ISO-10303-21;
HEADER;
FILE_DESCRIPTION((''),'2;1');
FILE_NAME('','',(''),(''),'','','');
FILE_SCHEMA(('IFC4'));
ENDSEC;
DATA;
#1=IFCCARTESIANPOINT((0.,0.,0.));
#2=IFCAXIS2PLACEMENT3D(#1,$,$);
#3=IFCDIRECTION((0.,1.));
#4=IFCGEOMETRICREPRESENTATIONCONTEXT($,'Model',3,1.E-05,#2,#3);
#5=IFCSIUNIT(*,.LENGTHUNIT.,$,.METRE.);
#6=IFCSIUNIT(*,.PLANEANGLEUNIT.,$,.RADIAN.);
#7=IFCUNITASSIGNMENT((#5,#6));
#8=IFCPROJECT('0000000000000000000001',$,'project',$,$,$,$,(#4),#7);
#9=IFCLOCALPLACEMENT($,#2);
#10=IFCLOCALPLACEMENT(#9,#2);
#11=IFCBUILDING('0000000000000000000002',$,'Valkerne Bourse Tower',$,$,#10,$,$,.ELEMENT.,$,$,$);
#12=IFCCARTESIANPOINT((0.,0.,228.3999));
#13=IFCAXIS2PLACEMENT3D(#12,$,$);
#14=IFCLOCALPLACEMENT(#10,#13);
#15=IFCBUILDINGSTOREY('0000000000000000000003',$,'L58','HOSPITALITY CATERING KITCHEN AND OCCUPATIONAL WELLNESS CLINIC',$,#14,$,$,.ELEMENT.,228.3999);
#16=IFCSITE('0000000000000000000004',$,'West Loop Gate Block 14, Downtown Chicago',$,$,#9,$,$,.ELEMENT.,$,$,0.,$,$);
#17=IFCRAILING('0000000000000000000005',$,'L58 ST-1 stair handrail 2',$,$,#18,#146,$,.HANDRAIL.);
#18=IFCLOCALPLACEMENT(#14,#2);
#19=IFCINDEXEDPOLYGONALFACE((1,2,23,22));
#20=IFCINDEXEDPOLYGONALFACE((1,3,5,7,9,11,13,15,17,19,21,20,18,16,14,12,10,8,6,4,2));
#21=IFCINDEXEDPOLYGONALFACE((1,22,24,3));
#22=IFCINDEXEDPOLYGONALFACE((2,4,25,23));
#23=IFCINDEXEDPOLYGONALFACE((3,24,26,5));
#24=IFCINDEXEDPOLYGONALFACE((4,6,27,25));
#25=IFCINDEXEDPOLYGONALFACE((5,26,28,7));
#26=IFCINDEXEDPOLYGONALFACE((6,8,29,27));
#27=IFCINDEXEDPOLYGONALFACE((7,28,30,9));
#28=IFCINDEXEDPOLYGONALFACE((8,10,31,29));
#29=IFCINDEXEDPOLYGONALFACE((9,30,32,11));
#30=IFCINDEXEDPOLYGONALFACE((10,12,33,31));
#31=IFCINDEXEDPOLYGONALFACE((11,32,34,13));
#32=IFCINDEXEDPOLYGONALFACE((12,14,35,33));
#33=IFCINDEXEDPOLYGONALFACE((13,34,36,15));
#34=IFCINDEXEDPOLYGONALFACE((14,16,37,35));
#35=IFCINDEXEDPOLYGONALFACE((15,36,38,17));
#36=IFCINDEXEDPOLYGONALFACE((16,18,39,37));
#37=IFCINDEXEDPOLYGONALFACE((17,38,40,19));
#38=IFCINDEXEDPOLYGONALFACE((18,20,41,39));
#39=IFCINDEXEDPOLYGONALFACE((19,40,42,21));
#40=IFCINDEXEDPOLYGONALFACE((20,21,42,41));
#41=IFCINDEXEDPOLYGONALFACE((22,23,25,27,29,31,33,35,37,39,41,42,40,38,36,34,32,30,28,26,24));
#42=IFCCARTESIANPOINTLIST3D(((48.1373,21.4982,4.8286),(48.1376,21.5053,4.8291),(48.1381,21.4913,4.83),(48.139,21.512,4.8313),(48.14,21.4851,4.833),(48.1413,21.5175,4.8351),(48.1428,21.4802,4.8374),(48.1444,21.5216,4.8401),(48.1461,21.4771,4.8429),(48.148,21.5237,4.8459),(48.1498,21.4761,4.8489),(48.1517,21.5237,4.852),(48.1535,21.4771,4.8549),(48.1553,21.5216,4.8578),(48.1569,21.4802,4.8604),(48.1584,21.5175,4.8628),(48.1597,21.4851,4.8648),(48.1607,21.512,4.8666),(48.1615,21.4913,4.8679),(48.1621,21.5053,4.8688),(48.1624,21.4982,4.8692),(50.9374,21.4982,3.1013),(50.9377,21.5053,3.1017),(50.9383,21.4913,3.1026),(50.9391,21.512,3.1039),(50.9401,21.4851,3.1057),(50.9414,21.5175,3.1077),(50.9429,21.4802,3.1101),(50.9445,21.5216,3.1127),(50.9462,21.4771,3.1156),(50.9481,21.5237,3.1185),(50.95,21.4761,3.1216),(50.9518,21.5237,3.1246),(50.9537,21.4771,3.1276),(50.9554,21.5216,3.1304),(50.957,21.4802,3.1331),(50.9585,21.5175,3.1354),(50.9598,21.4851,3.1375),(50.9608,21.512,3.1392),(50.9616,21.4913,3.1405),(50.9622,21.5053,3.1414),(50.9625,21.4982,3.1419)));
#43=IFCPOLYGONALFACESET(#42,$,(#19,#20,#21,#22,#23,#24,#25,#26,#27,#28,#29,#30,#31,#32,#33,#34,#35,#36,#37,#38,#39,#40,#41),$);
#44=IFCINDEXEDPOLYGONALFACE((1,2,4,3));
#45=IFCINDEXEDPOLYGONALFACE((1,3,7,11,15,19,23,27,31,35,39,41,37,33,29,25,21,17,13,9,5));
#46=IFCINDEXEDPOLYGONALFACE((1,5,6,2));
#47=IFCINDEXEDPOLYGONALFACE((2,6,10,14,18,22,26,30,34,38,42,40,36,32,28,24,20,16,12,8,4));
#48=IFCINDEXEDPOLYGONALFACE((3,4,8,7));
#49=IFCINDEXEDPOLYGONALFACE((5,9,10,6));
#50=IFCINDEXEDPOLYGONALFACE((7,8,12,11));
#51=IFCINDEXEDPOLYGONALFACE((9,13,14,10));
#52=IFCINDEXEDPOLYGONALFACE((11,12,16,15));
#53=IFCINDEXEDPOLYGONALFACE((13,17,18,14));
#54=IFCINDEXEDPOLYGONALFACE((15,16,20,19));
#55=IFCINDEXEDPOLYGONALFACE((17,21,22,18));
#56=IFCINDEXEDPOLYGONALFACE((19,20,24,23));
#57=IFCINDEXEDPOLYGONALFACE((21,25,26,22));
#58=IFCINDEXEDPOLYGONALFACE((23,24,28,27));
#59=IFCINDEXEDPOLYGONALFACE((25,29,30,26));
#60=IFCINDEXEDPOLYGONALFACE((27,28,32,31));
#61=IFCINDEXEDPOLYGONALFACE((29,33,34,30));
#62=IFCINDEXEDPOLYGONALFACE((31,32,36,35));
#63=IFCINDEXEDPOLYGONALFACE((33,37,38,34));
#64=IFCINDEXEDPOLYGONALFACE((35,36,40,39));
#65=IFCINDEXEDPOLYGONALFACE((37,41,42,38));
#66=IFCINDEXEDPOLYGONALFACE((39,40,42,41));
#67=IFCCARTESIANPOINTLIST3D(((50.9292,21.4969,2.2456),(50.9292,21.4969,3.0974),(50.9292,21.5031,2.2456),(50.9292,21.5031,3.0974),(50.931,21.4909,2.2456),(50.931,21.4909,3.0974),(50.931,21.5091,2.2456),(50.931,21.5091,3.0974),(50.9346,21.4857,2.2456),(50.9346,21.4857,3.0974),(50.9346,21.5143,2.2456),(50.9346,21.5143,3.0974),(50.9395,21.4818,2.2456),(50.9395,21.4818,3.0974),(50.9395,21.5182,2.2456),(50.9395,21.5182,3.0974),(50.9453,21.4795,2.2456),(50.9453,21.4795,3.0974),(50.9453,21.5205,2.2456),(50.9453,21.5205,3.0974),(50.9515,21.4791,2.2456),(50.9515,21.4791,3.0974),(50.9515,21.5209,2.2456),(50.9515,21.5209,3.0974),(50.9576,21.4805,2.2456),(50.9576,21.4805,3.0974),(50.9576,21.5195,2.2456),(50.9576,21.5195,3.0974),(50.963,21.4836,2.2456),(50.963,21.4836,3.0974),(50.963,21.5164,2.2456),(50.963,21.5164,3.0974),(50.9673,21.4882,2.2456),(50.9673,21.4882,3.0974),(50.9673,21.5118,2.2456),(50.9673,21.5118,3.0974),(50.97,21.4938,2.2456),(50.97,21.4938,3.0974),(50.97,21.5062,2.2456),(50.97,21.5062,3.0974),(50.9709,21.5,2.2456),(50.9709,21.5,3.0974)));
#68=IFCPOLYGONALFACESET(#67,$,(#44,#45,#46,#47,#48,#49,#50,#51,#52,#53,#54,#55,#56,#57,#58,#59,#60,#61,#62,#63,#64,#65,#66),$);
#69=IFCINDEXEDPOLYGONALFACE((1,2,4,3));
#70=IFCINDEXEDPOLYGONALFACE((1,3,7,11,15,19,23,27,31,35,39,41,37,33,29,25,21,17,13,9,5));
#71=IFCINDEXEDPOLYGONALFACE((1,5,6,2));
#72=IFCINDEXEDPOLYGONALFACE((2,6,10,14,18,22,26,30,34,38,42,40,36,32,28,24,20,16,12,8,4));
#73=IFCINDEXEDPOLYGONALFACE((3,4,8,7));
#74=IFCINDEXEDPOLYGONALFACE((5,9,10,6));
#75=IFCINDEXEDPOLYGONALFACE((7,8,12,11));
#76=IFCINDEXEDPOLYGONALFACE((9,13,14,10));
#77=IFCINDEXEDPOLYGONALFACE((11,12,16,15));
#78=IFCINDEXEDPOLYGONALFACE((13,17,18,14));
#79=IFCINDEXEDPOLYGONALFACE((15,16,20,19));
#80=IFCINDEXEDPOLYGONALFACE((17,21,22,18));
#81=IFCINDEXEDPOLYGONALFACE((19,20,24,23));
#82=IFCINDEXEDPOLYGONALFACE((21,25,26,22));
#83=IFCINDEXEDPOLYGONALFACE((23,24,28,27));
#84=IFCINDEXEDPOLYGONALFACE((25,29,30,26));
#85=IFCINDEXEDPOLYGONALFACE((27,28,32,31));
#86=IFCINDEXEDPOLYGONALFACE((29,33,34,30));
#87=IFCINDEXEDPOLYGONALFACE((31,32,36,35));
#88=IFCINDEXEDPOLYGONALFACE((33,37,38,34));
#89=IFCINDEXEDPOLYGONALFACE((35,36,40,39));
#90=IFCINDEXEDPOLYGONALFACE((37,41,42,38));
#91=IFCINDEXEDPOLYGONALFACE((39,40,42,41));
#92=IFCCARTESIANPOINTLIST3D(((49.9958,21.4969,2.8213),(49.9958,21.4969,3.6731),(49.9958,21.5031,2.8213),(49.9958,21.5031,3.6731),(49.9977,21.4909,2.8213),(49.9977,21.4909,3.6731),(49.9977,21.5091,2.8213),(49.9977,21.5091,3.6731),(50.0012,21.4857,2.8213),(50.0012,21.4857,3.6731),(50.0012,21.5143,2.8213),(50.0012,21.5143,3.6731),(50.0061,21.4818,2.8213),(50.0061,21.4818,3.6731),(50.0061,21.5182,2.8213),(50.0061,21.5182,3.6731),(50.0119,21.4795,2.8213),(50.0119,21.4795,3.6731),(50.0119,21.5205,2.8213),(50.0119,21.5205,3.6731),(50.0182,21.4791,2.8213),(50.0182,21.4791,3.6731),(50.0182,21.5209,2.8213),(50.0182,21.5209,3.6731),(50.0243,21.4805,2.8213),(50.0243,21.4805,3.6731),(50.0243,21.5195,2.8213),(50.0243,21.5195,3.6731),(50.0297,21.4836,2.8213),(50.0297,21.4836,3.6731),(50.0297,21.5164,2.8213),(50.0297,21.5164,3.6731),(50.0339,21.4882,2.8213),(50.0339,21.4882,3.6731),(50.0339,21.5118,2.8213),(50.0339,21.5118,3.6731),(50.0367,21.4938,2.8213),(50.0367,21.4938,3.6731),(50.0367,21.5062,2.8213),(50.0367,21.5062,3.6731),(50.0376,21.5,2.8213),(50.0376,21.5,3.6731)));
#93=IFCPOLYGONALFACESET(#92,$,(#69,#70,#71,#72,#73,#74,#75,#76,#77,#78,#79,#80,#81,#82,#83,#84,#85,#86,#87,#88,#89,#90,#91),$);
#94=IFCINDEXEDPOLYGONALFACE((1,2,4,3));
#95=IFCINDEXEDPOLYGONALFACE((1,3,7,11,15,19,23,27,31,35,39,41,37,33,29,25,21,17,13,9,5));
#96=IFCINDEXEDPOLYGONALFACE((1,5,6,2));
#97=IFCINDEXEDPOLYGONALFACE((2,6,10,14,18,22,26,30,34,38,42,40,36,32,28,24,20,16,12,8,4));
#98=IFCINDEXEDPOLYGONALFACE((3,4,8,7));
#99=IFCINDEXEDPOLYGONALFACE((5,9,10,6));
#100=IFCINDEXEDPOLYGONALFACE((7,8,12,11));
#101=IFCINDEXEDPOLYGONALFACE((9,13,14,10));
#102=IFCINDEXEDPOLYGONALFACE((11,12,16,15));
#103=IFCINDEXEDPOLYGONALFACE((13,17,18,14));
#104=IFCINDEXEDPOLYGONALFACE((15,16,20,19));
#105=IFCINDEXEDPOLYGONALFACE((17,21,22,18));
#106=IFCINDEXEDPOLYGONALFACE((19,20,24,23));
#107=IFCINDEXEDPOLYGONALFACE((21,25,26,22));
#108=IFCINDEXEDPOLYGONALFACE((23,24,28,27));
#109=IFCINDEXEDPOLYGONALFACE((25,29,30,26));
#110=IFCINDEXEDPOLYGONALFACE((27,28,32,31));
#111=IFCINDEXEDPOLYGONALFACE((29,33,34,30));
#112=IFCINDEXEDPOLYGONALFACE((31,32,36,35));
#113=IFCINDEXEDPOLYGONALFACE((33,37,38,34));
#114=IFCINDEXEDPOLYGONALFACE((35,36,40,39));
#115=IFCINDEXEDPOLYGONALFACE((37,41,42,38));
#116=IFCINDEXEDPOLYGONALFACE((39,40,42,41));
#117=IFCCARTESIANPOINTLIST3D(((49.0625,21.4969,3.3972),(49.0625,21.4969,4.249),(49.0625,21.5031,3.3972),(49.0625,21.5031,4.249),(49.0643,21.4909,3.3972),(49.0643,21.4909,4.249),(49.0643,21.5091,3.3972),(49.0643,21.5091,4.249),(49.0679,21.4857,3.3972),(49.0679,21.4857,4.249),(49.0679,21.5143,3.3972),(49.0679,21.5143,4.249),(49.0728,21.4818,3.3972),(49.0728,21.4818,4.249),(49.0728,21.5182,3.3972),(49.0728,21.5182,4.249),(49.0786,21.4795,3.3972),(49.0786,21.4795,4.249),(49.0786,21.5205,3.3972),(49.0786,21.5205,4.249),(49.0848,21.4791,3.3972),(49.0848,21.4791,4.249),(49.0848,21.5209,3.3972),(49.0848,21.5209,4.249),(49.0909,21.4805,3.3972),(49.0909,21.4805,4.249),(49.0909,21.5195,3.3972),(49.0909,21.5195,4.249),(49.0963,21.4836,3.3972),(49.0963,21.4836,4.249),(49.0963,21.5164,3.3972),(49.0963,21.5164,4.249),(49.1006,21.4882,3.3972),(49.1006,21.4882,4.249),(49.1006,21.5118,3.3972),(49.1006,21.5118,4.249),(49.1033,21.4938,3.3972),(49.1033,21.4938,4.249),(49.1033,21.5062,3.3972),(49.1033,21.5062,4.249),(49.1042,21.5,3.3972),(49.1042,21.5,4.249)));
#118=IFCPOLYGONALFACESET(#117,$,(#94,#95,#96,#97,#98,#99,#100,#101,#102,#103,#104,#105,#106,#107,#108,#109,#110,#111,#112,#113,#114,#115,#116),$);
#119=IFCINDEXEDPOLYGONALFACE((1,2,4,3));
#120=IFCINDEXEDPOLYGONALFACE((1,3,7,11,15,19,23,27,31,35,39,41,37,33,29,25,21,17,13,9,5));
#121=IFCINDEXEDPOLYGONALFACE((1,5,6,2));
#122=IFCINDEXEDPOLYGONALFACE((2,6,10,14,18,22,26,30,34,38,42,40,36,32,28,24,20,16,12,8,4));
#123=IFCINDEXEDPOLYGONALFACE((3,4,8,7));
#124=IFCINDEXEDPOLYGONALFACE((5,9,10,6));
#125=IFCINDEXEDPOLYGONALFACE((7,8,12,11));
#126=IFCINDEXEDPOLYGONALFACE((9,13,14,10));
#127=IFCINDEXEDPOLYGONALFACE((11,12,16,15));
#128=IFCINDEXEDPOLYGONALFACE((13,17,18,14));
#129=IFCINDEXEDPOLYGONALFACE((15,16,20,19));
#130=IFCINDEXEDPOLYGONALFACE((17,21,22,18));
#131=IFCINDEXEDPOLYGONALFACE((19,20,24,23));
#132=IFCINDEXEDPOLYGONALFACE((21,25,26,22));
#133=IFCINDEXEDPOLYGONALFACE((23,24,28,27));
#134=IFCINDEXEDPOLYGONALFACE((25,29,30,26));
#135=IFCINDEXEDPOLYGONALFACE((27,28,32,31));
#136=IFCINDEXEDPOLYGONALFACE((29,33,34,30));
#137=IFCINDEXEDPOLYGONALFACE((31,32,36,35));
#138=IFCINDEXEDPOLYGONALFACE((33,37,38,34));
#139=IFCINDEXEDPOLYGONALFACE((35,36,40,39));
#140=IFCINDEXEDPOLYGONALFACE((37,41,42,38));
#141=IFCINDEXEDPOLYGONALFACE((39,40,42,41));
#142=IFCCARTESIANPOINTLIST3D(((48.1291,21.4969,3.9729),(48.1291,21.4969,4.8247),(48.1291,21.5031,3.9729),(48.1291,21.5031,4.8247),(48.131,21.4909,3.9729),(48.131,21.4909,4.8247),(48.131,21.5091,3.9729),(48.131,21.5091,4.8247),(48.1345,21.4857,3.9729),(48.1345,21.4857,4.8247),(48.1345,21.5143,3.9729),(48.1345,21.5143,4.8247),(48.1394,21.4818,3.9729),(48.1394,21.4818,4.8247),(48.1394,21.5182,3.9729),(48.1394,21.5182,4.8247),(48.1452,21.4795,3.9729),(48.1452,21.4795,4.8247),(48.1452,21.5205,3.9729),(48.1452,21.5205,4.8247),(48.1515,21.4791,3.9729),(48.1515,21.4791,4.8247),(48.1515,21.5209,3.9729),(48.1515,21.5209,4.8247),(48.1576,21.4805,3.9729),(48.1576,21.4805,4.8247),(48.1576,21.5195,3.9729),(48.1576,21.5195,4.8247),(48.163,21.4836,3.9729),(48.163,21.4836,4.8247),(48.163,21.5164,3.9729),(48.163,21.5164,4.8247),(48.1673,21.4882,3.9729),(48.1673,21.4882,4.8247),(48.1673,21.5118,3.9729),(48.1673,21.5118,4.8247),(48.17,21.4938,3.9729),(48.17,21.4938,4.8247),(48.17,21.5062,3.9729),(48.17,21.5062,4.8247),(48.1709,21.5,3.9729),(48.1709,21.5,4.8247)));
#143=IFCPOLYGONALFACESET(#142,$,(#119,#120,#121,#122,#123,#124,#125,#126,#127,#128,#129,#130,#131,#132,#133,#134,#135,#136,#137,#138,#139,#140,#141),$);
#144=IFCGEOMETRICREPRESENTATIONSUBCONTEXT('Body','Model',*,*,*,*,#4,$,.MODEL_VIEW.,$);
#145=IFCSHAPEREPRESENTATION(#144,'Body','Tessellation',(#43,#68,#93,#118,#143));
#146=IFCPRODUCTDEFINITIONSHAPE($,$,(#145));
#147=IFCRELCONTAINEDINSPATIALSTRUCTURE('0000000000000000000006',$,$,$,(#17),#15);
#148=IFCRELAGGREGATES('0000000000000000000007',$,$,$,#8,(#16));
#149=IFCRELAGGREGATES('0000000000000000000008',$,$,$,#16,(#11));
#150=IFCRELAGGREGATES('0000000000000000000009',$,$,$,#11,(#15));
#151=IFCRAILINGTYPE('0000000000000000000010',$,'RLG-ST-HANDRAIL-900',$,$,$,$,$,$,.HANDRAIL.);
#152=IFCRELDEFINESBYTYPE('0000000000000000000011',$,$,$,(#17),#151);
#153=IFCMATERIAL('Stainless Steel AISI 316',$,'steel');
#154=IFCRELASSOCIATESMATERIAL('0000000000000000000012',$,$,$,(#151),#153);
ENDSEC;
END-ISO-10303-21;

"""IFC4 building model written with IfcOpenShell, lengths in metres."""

from ifc_helpers import new_model, si_unit, direction, frame, origin, origin_2d, place, context, subcontext, project, spatial, circle, extrude, material, type_object, element, save


model = new_model("IFC4")

# Units and contexts
model_context = context("Model", 3, precision=1e-05, world=origin(), true_north=direction((0.0, 1.0)))
body_context = subcontext(model_context, "Body", "Model", "MODEL_VIEW")
ifc_project = project(units=[si_unit("LENGTHUNIT", "METRE"), si_unit("PLANEANGLEUNIT", "RADIAN")], contexts=[model_context])

# Site, building, storey
site_placement = place(None, origin())
site = spatial("IfcSite", under=ifc_project, at=site_placement, Name="West Loop Gate Block 14, Downtown Chicago", CompositionType="ELEMENT", RefElevation=0.0)
building_placement = place(site_placement, origin())
building = spatial("IfcBuilding", under=site, at=building_placement, Name="Valkerne Bourse Tower", CompositionType="ELEMENT")
storey_placement = place(building_placement, frame((0.0, 0.0, 228.3999)))
storey = spatial("IfcBuildingStorey", under=building, at=storey_placement, Name="L58", Description="HOSPITALITY CATERING KITCHEN AND OCCUPATIONAL WELLNESS CLINIC", CompositionType="ELEMENT", Elevation=228.3999)

# Shared definitions
ifc_material_1 = material(Name="Stainless Steel AISI 316", Category="steel")

# Railing
railing_type_1 = type_object("IfcRailingType", Name="RLG-ST-HANDRAIL-900", PredefinedType="HANDRAIL", material=ifc_material_1)
railing_1_placement = place(storey_placement, frame((50.95, 21.5, 2.2456)))
element("IfcRailing", 1, at=railing_1_placement, inside=storey, type_object=railing_type_1, Name="L58 ST-1 stair handrail 2", PredefinedType="HANDRAIL", context=body_context, shape_type="SweptSolid", body=[
    extrude(circle(Radius=0.0239, at=origin_2d()), frame((0.0, 0.0, 0.876), z_axis=(-0.85109, 0.0, 0.52502), x_axis=(0.0, -1.0, 0.0)), (0.0, 0.0, 1.0), 3.29),
    extrude(circle(Radius=0.021, at=origin_2d()), origin(), (0.0, 0.0, 1.0), 0.8518),
    extrude(circle(Radius=0.021, at=origin_2d()), frame((-0.9333, 0.0, 0.5757)), (0.0, 0.0, 1.0), 0.8518),
    extrude(circle(Radius=0.021, at=origin_2d()), frame((-1.8667, 0.0, 1.1516)), (0.0, 0.0, 1.0), 0.8518),
    extrude(circle(Radius=0.021, at=origin_2d()), frame((-2.8, 0.0, 1.7273)), (0.0, 0.0, 1.0), 0.8518),
])

save(model, "model.ifc")
